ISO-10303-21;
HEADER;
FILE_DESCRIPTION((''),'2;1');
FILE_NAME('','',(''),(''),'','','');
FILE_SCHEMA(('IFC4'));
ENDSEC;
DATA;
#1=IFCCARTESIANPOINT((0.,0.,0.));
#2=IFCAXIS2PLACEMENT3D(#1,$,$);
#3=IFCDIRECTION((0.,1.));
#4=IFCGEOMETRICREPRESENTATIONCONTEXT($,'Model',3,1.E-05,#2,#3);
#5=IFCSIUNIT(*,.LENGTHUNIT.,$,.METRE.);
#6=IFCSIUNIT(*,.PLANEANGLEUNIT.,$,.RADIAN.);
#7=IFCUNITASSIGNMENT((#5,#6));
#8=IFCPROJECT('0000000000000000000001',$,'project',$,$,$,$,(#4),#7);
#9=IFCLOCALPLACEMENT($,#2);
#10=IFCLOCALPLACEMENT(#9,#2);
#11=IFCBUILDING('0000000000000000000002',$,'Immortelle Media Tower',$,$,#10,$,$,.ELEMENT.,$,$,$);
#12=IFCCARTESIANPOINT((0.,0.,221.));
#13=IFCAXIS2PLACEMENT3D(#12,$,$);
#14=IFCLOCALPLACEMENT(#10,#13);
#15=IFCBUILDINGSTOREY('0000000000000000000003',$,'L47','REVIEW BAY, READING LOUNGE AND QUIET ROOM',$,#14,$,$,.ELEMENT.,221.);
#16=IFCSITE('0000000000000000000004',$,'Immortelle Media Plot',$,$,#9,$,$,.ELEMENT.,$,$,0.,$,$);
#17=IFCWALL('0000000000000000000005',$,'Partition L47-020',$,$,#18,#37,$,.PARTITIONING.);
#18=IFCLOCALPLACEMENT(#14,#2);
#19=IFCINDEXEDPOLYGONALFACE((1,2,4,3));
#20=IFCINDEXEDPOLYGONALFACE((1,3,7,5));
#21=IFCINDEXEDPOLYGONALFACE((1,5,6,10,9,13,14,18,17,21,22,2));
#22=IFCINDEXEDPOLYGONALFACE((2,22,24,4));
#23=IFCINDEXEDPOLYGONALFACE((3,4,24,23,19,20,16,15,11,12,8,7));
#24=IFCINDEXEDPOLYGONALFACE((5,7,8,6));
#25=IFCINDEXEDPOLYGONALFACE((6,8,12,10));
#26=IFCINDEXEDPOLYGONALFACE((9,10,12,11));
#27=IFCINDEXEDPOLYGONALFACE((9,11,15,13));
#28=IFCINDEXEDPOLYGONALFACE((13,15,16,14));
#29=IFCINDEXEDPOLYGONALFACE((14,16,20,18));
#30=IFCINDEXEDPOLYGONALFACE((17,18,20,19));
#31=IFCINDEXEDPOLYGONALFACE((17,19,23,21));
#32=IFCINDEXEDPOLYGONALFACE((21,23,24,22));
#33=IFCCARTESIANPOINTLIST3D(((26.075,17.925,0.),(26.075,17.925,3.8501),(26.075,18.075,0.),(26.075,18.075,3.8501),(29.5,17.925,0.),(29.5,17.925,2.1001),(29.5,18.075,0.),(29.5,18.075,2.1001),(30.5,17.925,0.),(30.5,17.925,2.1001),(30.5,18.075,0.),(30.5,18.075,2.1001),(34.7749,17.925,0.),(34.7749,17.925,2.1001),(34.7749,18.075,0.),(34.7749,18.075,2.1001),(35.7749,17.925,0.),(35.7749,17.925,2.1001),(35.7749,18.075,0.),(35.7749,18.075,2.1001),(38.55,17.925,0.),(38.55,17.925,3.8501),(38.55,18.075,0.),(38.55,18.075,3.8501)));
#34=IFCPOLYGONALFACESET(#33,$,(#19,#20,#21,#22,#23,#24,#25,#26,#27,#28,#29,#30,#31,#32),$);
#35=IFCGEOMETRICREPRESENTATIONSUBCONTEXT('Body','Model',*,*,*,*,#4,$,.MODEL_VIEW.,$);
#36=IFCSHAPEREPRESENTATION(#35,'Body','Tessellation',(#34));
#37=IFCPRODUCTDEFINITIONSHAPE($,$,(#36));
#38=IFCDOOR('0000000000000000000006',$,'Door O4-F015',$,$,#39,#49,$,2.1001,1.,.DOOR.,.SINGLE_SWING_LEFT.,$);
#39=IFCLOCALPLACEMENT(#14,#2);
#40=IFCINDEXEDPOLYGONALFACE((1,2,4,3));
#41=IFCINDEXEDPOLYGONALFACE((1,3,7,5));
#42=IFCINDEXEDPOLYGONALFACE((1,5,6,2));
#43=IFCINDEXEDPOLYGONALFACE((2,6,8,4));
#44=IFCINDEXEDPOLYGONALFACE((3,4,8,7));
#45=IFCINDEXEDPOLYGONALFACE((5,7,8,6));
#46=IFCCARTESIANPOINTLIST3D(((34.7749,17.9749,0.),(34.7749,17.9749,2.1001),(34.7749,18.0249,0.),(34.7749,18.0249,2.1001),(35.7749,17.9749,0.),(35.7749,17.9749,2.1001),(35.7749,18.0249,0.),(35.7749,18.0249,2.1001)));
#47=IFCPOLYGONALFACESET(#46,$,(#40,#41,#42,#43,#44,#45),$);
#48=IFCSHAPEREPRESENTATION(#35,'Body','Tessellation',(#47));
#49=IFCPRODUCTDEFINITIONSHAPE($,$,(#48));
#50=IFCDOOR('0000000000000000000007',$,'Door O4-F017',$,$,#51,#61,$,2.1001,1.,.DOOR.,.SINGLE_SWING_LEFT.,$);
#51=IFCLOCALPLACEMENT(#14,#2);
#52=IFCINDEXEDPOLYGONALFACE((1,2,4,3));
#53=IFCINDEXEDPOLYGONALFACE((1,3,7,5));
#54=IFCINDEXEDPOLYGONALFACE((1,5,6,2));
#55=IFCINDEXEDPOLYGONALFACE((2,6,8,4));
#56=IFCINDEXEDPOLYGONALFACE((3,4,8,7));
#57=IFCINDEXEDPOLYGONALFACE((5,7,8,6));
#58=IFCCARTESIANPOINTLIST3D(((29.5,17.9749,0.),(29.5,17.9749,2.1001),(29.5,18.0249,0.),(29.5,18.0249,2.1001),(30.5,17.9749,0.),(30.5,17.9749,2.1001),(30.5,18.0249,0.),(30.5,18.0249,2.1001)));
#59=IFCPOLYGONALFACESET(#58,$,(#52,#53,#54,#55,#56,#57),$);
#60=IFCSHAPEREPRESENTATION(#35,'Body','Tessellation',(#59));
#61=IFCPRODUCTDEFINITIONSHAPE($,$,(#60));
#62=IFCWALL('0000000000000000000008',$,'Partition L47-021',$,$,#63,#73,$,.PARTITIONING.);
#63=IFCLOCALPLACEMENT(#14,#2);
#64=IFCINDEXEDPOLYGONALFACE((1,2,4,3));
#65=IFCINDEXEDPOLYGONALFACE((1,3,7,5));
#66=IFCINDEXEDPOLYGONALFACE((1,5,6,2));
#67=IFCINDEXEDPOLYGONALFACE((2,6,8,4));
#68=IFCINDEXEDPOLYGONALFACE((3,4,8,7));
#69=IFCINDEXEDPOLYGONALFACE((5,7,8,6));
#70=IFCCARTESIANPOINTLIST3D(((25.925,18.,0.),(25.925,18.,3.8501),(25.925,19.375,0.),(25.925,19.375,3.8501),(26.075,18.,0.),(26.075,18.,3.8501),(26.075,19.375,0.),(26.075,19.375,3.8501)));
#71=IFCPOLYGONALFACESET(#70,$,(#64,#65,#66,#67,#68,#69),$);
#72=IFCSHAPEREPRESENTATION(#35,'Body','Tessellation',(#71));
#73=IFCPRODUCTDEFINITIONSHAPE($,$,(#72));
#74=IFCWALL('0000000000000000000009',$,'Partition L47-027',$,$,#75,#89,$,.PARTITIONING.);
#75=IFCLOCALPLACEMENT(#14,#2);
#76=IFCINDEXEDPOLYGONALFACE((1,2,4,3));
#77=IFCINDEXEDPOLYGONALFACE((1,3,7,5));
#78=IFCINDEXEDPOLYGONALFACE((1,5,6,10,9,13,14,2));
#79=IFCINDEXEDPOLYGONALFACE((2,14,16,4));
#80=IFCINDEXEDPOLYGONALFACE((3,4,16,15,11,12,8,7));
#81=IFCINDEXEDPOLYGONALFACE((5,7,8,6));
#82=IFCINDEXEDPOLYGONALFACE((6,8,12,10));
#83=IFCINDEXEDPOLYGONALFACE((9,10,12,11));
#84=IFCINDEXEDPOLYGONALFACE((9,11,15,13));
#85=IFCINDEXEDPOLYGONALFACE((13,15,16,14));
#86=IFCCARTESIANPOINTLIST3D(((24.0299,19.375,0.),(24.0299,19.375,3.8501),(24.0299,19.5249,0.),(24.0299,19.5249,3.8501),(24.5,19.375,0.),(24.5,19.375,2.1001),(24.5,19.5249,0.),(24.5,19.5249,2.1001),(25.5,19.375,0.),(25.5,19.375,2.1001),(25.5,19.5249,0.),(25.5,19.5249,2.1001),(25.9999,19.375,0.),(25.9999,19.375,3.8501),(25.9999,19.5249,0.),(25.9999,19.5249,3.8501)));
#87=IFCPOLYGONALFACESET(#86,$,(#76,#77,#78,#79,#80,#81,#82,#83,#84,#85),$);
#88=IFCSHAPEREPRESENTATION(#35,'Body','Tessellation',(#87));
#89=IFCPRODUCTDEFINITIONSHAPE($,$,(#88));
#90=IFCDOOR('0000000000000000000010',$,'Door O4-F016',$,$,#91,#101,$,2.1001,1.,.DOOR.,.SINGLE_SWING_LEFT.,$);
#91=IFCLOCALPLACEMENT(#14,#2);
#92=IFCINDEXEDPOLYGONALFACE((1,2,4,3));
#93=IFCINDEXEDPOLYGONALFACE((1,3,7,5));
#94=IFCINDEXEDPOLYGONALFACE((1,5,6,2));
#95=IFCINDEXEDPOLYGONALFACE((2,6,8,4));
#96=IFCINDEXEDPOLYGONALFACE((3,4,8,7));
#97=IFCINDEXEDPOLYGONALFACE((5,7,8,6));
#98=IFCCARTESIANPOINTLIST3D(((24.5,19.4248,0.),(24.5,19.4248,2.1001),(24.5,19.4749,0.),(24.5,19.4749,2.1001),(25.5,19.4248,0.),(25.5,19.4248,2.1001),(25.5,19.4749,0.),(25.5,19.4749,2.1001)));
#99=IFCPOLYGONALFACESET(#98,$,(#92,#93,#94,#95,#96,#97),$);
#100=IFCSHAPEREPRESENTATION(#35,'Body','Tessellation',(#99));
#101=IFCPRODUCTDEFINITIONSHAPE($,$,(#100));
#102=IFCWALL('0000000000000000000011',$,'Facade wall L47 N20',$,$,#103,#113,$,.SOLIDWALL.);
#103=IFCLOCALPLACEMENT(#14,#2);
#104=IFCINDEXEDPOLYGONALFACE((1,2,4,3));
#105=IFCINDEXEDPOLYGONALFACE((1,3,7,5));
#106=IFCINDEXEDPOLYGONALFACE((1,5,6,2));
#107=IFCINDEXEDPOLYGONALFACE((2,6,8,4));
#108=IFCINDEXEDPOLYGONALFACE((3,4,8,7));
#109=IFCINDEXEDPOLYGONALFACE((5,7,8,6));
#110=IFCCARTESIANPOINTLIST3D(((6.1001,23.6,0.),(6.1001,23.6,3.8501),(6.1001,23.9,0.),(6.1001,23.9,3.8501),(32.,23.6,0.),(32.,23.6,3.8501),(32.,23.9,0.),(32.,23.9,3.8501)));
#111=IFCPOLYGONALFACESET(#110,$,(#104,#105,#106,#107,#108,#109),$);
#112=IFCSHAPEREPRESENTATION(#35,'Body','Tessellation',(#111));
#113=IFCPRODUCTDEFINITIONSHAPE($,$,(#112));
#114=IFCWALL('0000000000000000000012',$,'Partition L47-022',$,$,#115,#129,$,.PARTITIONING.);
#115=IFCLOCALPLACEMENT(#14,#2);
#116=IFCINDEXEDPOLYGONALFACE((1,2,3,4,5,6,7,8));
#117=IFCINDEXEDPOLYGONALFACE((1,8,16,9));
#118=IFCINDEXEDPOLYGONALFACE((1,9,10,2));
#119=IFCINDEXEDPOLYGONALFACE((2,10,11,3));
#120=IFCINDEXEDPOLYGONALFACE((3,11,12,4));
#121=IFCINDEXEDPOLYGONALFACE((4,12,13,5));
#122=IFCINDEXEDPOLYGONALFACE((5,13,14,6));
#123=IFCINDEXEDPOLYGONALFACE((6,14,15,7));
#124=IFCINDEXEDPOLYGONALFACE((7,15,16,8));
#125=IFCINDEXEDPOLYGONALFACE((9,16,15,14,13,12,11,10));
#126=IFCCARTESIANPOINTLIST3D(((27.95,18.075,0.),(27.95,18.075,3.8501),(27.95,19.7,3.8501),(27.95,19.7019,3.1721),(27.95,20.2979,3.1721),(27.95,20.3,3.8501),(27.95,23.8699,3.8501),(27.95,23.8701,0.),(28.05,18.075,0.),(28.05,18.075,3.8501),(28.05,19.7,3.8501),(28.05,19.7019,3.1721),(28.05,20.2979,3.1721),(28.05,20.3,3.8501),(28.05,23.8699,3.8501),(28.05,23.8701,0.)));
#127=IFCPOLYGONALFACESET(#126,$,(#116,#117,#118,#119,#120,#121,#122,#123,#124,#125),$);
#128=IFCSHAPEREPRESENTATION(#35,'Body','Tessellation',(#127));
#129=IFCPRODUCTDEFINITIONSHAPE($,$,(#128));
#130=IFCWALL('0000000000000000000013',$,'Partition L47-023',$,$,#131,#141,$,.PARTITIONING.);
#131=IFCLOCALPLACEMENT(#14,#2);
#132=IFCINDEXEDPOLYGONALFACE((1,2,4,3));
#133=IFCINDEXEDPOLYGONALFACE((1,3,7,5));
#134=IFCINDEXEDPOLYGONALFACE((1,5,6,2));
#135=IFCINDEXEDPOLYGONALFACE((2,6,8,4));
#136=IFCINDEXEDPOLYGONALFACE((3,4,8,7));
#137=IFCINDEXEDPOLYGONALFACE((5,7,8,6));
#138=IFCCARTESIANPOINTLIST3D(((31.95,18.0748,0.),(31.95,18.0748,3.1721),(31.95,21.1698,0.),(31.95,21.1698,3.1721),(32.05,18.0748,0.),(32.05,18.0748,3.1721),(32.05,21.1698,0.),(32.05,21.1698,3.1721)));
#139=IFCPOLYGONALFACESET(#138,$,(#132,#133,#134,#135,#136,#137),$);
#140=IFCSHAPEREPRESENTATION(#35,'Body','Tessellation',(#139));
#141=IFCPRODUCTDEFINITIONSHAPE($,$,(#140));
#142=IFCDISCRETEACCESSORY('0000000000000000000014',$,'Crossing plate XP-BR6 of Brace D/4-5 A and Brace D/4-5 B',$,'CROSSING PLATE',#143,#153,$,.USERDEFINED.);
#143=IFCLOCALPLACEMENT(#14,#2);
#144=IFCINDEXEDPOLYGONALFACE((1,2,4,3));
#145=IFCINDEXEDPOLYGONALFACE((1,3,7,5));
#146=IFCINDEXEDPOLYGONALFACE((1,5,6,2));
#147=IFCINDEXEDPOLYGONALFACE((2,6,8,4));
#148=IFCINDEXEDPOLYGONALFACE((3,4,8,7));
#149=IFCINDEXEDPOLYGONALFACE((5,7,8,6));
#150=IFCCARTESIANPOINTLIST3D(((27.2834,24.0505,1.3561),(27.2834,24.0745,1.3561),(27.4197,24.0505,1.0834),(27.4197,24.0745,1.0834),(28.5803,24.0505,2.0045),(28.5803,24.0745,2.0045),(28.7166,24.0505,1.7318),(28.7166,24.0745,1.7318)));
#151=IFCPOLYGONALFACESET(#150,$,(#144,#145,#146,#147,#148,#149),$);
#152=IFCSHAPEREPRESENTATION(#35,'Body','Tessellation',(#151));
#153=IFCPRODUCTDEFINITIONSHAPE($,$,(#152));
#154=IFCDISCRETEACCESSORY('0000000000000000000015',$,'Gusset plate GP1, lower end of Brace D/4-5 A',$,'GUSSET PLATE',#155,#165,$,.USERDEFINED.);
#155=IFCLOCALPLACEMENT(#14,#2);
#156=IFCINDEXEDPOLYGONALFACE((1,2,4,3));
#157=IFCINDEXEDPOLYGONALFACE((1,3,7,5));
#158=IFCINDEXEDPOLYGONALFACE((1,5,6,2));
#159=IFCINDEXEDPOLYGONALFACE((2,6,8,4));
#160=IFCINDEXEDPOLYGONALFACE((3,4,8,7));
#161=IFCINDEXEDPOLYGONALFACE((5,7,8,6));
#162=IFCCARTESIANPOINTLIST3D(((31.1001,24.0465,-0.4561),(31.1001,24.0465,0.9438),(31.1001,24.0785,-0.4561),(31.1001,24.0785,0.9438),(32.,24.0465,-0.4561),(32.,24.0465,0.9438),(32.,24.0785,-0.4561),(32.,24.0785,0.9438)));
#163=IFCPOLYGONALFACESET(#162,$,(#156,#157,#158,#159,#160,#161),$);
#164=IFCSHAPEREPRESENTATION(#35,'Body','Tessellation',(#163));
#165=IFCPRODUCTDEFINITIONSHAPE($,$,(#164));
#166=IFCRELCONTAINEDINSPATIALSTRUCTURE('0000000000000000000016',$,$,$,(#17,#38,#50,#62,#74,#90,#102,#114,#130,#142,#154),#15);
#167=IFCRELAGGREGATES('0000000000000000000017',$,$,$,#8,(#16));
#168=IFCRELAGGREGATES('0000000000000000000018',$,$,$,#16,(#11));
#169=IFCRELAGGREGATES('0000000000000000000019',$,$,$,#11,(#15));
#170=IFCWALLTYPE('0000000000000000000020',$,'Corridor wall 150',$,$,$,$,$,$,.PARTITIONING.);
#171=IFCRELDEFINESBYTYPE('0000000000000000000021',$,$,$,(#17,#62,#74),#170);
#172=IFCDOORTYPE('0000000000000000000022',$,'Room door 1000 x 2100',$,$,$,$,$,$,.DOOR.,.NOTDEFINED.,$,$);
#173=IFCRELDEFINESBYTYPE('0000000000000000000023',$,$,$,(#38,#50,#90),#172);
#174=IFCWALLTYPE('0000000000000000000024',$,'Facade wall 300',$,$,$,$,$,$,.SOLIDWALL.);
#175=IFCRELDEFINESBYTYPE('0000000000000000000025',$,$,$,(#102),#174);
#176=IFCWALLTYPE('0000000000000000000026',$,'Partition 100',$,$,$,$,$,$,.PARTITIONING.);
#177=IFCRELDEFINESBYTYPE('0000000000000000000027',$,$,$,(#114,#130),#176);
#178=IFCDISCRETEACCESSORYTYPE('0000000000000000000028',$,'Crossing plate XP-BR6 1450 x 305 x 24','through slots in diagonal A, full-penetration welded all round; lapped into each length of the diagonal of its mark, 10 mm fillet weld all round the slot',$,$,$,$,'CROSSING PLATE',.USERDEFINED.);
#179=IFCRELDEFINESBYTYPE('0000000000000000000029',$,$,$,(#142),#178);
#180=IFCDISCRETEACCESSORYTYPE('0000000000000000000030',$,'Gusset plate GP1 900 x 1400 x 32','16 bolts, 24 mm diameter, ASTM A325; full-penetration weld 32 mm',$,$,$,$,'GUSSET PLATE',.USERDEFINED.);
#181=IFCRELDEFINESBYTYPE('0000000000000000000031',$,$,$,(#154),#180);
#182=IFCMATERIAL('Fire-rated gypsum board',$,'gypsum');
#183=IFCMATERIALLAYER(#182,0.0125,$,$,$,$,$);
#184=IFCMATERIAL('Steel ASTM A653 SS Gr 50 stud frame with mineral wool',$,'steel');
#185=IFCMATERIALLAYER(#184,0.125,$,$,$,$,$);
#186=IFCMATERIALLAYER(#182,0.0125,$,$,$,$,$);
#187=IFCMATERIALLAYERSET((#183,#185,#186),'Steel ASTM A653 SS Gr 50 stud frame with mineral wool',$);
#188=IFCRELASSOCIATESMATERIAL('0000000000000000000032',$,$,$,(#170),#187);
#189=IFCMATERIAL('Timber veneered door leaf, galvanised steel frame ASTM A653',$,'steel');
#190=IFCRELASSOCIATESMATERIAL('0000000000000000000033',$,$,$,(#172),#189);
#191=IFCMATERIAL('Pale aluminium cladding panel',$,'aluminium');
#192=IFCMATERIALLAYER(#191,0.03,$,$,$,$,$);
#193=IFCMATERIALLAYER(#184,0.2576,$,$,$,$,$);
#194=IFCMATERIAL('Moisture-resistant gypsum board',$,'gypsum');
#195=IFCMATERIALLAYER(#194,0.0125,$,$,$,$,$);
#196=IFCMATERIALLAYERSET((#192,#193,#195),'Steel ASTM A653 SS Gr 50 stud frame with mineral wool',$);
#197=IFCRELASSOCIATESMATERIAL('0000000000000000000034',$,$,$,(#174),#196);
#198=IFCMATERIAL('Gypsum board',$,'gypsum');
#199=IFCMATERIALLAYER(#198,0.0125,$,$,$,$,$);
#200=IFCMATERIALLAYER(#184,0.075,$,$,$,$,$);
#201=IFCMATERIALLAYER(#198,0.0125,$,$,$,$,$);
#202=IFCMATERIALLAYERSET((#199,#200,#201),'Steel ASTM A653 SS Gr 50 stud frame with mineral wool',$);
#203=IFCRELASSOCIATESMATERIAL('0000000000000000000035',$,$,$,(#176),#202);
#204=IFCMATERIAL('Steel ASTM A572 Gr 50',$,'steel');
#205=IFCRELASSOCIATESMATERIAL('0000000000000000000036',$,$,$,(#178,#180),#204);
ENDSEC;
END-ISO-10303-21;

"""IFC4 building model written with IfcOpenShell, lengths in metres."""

from ifc_helpers import new_model, si_unit, direction, frame, frame_2d, origin, origin_2d, place, context, subcontext, project, spatial, polyline, rectangle, outline, extrude, material, layer, layer_set, material_profile, profile_set, type_object, element, fill, save


model = new_model("IFC4")

# Units and contexts
model_context = context("Model", 3, precision=1e-05, world=origin(), true_north=direction((0.0, 1.0)))
body_context = subcontext(model_context, "Body", "Model", "MODEL_VIEW")
ifc_project = project(units=[si_unit("LENGTHUNIT", "METRE"), si_unit("PLANEANGLEUNIT", "RADIAN")], contexts=[model_context])

# Site, building, storey
site_placement = place(None, origin())
site = spatial("IfcSite", under=ifc_project, at=site_placement, Name="Immortelle Media Plot", CompositionType="ELEMENT", RefElevation=0.0)
building_placement = place(site_placement, origin())
building = spatial("IfcBuilding", under=site, at=building_placement, Name="Immortelle Media Tower", CompositionType="ELEMENT")
storey_placement = place(building_placement, frame((0.0, 0.0, 221.0)))
storey = spatial("IfcBuildingStorey", under=building, at=storey_placement, Name="L47", Description="REVIEW BAY, READING LOUNGE AND QUIET ROOM", CompositionType="ELEMENT", Elevation=221.0)

# Shared definitions
ifc_material_1 = material(Name="Fire-rated gypsum board", Category="gypsum")
ifc_material_2 = material(Name="Steel ASTM A653 SS Gr 50 stud frame with mineral wool", Category="steel")

# Wall, openings, doors
ifc_layer_1 = layer(ifc_material_1, 0.0125)
ifc_layer_2 = layer(ifc_material_2, 0.125)
ifc_layer_3 = layer(ifc_material_1, 0.0125)
ifc_layer_set_1 = layer_set([ifc_layer_1, ifc_layer_2, ifc_layer_3], Name="Steel ASTM A653 SS Gr 50 stud frame with mineral wool")
wall_type_1 = type_object("IfcWallType", Name="Corridor wall 150", PredefinedType="PARTITIONING", material=ifc_layer_set_1)
wall_1_placement = place(storey_placement, frame((26.075, 18.0, 0.0), z_axis=(0.0, 0.0, 1.0), x_axis=(1.0, 0.0, 0.0)))
wall_1 = element("IfcWall", 1, at=wall_1_placement, inside=storey, type_object=wall_type_1, Name="Partition L47-020", PredefinedType="PARTITIONING", context=body_context, shape_type="SweptSolid", body=[
    extrude(rectangle(XDim=12.4751, YDim=0.1499, at=frame_2d((6.2375, 0.0))), origin(), (0.0, 0.0, 1.0), 3.8501),
])
opening_1_placement = place(wall_1_placement, frame((8.7, 0.0, 0.0)))
opening_1 = element("IfcOpeningElement", 2, at=opening_1_placement, cuts=wall_1, PredefinedType="OPENING", context=body_context, shape_type="SweptSolid", body=[
    extrude(rectangle(XDim=1.0, YDim=2.1001, at=frame_2d((0.5, 1.05))), frame((0.0, 0.085, 0.0), z_axis=(0.0, -1.0, 0.0), x_axis=(1.0, 0.0, 0.0)), (0.0, 0.0, 1.0), 0.1699),
])
opening_2_placement = place(wall_1_placement, frame((3.425, 0.0, 0.0)))
opening_2 = element("IfcOpeningElement", 3, at=opening_2_placement, cuts=wall_1, PredefinedType="OPENING", context=body_context, shape_type="SweptSolid", body=[
    extrude(rectangle(XDim=1.0, YDim=2.1001, at=frame_2d((0.5, 1.05))), frame((0.0, 0.085, 0.0), z_axis=(0.0, -1.0, 0.0), x_axis=(1.0, 0.0, 0.0)), (0.0, 0.0, 1.0), 0.1699),
])
ifc_material_3 = material(Name="Timber veneered door leaf, galvanised steel frame ASTM A653", Category="steel")
door_type = type_object("IfcDoorType", Name="Room door 1000 x 2100", OperationType="NOTDEFINED", PredefinedType="DOOR", material=ifc_material_3)
door_1_placement = place(opening_1_placement, origin())
door_1 = element("IfcDoor", 4, at=door_1_placement, inside=storey, type_object=door_type, Name="Door O4-F015", OperationType="SINGLE_SWING_LEFT", OverallHeight=2.1001, OverallWidth=1.0, PredefinedType="DOOR", context=body_context, shape_type="SweptSolid", body=[
    extrude(rectangle(XDim=1.0, YDim=2.1001, at=frame_2d((0.5, 1.05))), frame((0.0, 0.0249, 0.0), z_axis=(0.0, -1.0, 0.0), x_axis=(1.0, 0.0, 0.0)), (0.0, 0.0, 1.0), 0.05),
])
fill(opening_1, door_1)
door_2_placement = place(opening_2_placement, origin())
door_2 = element("IfcDoor", 5, at=door_2_placement, inside=storey, type_object=door_type, Name="Door O4-F017", OperationType="SINGLE_SWING_LEFT", OverallHeight=2.1001, OverallWidth=1.0, PredefinedType="DOOR", context=body_context, shape_type="SweptSolid", body=[
    extrude(rectangle(XDim=1.0, YDim=2.1001, at=frame_2d((0.5, 1.05))), frame((0.0, 0.0249, 0.0), z_axis=(0.0, -1.0, 0.0), x_axis=(1.0, 0.0, 0.0)), (0.0, 0.0, 1.0), 0.05),
])
fill(opening_2, door_2)

# Wall
wall_2_placement = place(storey_placement, frame((26.0, 18.0, 0.0), z_axis=(0.0, 0.0, 1.0), x_axis=(0.0, 1.0, 0.0)))
element("IfcWall", 6, at=wall_2_placement, inside=storey, type_object=wall_type_1, Name="Partition L47-021", PredefinedType="PARTITIONING", context=body_context, shape_type="SweptSolid", body=[
    extrude(rectangle(XDim=1.375, YDim=0.1499, at=frame_2d((0.6875, 0.0))), origin(), (0.0, 0.0, 1.0), 3.8501),
])

# Wall, opening, door
wall_3_placement = place(storey_placement, frame((24.03, 19.45, 0.0), z_axis=(0.0, 0.0, 1.0), x_axis=(1.0, 0.0, 0.0)))
wall_3 = element("IfcWall", 7, at=wall_3_placement, inside=storey, type_object=wall_type_1, Name="Partition L47-027", PredefinedType="PARTITIONING", context=body_context, shape_type="SweptSolid", body=[
    extrude(rectangle(XDim=1.97, YDim=0.1499, at=frame_2d((0.9849, 0.0))), origin(), (0.0, 0.0, 1.0), 3.8501),
])
opening_3_placement = place(wall_3_placement, frame((0.47, 0.0, 0.0)))
opening_3 = element("IfcOpeningElement", 8, at=opening_3_placement, cuts=wall_3, PredefinedType="OPENING", context=body_context, shape_type="SweptSolid", body=[
    extrude(rectangle(XDim=1.0, YDim=2.1001, at=frame_2d((0.5, 1.05))), frame((0.0, 0.085, 0.0), z_axis=(0.0, -1.0, 0.0), x_axis=(1.0, 0.0, 0.0)), (0.0, 0.0, 1.0), 0.1699),
])
door_3_placement = place(opening_3_placement, origin())
door_3 = element("IfcDoor", 9, at=door_3_placement, inside=storey, type_object=door_type, Name="Door O4-F016", OperationType="SINGLE_SWING_LEFT", OverallHeight=2.1001, OverallWidth=1.0, PredefinedType="DOOR", context=body_context, shape_type="SweptSolid", body=[
    extrude(rectangle(XDim=1.0, YDim=2.1001, at=frame_2d((0.5, 1.05))), frame((0.0, 0.0249, 0.0), z_axis=(0.0, -1.0, 0.0), x_axis=(1.0, 0.0, 0.0)), (0.0, 0.0, 1.0), 0.05),
])
fill(opening_3, door_3)

# Walls
ifc_material_4 = material(Name="Pale aluminium cladding panel", Category="aluminium")
ifc_layer_4 = layer(ifc_material_4, 0.03)
ifc_layer_5 = layer(ifc_material_2, 0.2576)
ifc_material_5 = material(Name="Moisture-resistant gypsum board", Category="gypsum")
ifc_layer_6 = layer(ifc_material_5, 0.0125)
ifc_layer_set_2 = layer_set([ifc_layer_4, ifc_layer_5, ifc_layer_6], Name="Steel ASTM A653 SS Gr 50 stud frame with mineral wool")
wall_type_2 = type_object("IfcWallType", Name="Facade wall 300", PredefinedType="SOLIDWALL", material=ifc_layer_set_2)
wall_4_placement = place(storey_placement, frame((32.0, 23.75, 0.0), z_axis=(0.0, 0.0, 1.0), x_axis=(-1.0, 0.0, 0.0)))
element("IfcWall", 10, at=wall_4_placement, inside=storey, type_object=wall_type_2, Name="Facade wall L47 N20", PredefinedType="SOLIDWALL", context=body_context, shape_type="SweptSolid", body=[
    extrude(rectangle(XDim=25.8999, YDim=0.3, at=frame_2d((12.95, 0.0))), origin(), (0.0, 0.0, 1.0), 3.8501),
])
ifc_material_6 = material(Name="Gypsum board", Category="gypsum")
ifc_layer_7 = layer(ifc_material_6, 0.0125)
ifc_layer_8 = layer(ifc_material_2, 0.075)
ifc_layer_9 = layer(ifc_material_6, 0.0125)
ifc_layer_set_3 = layer_set([ifc_layer_7, ifc_layer_8, ifc_layer_9], Name="Steel ASTM A653 SS Gr 50 stud frame with mineral wool")
wall_type_3 = type_object("IfcWallType", Name="Partition 100", PredefinedType="PARTITIONING", material=ifc_layer_set_3)
wall_5_placement = place(storey_placement, frame((28.0, 18.075, 0.0), z_axis=(0.0, 0.0, 1.0), x_axis=(0.0, 1.0, 0.0)))
element("IfcWall", 11, at=wall_5_placement, inside=storey, type_object=wall_type_3, Name="Partition L47-022", PredefinedType="PARTITIONING", context=body_context, shape_type="SweptSolid", body=[
    extrude(outline(polyline([(0.0, 0.0), (5.7952, 0.0), (5.7949, 3.8501), (2.2251, 3.8501), (2.2229, 3.1721), (1.627, 3.1721), (1.625, 3.8501), (0.0, 3.8501), (0.0, 0.0)])), frame((0.0, 0.05, 0.0), z_axis=(0.0, -1.0, 0.0), x_axis=(1.0, 0.0, 0.0)), (0.0, 0.0, 1.0), 0.1001),
])
wall_6_placement = place(storey_placement, frame((32.0, 18.075, 0.0), z_axis=(0.0, 0.0, 1.0), x_axis=(0.0, 1.0, 0.0)))
element("IfcWall", 12, at=wall_6_placement, inside=storey, type_object=wall_type_3, Name="Partition L47-023", PredefinedType="PARTITIONING", context=body_context, shape_type="SweptSolid", body=[
    extrude(rectangle(XDim=3.095, YDim=0.1001, at=frame_2d((1.5474, 0.0))), origin(), (0.0, 0.0, 1.0), 3.1721),
])

# Discrete accessories
ifc_material_7 = material(Name="Steel ASTM A572 Gr 50", Category="steel")
ifc_material_profile_1 = material_profile(ifc_material_7, rectangle(XDim=0.0239, YDim=0.3049, at=origin_2d()), Name="PL 24 x 305")
ifc_profile_set_1 = profile_set([ifc_material_profile_1], Name="Steel ASTM A572 Gr 50")
discrete_accessory_type_1 = type_object("IfcDiscreteAccessoryType", Name="Crossing plate XP-BR6 1450 x 305 x 24", Description="through slots in diagonal A, full-penetration welded all round; lapped into each length of the diagonal of its mark, 10 mm fillet weld all round the slot", ElementType="CROSSING PLATE", PredefinedType="USERDEFINED", material=ifc_profile_set_1)
discrete_accessory_placement = place(storey_placement, frame((28.6484, 24.0625, 1.8682), z_axis=(-0.894427, 0.0, -0.447214), x_axis=(0.0, -1.0, 0.0)))
element("IfcDiscreteAccessory", 13, at=discrete_accessory_placement, inside=storey, type_object=discrete_accessory_type_1, Name="Crossing plate XP-BR6 of Brace D/4-5 A and Brace D/4-5 B", ObjectType="CROSSING PLATE", PredefinedType="USERDEFINED", context=body_context, shape_type="SweptSolid", body=[
    extrude(rectangle(XDim=0.0239, YDim=0.3049, at=origin_2d()), origin(), (0.0, 0.0, 1.0), 1.45),
])
ifc_material_profile_2 = material_profile(ifc_material_7, rectangle(XDim=0.032, YDim=1.3999, at=origin_2d()), Name="PL 32 x 1400")
ifc_profile_set_2 = profile_set([ifc_material_profile_2], Name="Steel ASTM A572 Gr 50")
discrete_accessory_type_2 = type_object("IfcDiscreteAccessoryType", Name="Gusset plate GP1 900 x 1400 x 32", Description="16 bolts, 24 mm diameter, ASTM A325; full-penetration weld 32 mm", ElementType="GUSSET PLATE", PredefinedType="USERDEFINED", material=ifc_profile_set_2)
for number, where, z_axis, x_axis, name in (
    (14, (32.0, 24.0625, 0.2439), (-1.0, 0.0, 0.0), (0.0, -1.0, 0.0), "Gusset plate GP1, lower end of Brace D/4-5 A"),
):
    element("IfcDiscreteAccessory", number, at=place(storey_placement, frame(where, z_axis=z_axis, x_axis=x_axis)), inside=storey, type_object=discrete_accessory_type_2, Name=name, ObjectType="GUSSET PLATE", PredefinedType="USERDEFINED", context=body_context, shape_type="SweptSolid", body=[
        extrude(rectangle(XDim=0.032, YDim=1.3999, at=origin_2d()), origin(), (0.0, 0.0, 1.0), 0.8999),
    ])

save(model, "model.ifc")
